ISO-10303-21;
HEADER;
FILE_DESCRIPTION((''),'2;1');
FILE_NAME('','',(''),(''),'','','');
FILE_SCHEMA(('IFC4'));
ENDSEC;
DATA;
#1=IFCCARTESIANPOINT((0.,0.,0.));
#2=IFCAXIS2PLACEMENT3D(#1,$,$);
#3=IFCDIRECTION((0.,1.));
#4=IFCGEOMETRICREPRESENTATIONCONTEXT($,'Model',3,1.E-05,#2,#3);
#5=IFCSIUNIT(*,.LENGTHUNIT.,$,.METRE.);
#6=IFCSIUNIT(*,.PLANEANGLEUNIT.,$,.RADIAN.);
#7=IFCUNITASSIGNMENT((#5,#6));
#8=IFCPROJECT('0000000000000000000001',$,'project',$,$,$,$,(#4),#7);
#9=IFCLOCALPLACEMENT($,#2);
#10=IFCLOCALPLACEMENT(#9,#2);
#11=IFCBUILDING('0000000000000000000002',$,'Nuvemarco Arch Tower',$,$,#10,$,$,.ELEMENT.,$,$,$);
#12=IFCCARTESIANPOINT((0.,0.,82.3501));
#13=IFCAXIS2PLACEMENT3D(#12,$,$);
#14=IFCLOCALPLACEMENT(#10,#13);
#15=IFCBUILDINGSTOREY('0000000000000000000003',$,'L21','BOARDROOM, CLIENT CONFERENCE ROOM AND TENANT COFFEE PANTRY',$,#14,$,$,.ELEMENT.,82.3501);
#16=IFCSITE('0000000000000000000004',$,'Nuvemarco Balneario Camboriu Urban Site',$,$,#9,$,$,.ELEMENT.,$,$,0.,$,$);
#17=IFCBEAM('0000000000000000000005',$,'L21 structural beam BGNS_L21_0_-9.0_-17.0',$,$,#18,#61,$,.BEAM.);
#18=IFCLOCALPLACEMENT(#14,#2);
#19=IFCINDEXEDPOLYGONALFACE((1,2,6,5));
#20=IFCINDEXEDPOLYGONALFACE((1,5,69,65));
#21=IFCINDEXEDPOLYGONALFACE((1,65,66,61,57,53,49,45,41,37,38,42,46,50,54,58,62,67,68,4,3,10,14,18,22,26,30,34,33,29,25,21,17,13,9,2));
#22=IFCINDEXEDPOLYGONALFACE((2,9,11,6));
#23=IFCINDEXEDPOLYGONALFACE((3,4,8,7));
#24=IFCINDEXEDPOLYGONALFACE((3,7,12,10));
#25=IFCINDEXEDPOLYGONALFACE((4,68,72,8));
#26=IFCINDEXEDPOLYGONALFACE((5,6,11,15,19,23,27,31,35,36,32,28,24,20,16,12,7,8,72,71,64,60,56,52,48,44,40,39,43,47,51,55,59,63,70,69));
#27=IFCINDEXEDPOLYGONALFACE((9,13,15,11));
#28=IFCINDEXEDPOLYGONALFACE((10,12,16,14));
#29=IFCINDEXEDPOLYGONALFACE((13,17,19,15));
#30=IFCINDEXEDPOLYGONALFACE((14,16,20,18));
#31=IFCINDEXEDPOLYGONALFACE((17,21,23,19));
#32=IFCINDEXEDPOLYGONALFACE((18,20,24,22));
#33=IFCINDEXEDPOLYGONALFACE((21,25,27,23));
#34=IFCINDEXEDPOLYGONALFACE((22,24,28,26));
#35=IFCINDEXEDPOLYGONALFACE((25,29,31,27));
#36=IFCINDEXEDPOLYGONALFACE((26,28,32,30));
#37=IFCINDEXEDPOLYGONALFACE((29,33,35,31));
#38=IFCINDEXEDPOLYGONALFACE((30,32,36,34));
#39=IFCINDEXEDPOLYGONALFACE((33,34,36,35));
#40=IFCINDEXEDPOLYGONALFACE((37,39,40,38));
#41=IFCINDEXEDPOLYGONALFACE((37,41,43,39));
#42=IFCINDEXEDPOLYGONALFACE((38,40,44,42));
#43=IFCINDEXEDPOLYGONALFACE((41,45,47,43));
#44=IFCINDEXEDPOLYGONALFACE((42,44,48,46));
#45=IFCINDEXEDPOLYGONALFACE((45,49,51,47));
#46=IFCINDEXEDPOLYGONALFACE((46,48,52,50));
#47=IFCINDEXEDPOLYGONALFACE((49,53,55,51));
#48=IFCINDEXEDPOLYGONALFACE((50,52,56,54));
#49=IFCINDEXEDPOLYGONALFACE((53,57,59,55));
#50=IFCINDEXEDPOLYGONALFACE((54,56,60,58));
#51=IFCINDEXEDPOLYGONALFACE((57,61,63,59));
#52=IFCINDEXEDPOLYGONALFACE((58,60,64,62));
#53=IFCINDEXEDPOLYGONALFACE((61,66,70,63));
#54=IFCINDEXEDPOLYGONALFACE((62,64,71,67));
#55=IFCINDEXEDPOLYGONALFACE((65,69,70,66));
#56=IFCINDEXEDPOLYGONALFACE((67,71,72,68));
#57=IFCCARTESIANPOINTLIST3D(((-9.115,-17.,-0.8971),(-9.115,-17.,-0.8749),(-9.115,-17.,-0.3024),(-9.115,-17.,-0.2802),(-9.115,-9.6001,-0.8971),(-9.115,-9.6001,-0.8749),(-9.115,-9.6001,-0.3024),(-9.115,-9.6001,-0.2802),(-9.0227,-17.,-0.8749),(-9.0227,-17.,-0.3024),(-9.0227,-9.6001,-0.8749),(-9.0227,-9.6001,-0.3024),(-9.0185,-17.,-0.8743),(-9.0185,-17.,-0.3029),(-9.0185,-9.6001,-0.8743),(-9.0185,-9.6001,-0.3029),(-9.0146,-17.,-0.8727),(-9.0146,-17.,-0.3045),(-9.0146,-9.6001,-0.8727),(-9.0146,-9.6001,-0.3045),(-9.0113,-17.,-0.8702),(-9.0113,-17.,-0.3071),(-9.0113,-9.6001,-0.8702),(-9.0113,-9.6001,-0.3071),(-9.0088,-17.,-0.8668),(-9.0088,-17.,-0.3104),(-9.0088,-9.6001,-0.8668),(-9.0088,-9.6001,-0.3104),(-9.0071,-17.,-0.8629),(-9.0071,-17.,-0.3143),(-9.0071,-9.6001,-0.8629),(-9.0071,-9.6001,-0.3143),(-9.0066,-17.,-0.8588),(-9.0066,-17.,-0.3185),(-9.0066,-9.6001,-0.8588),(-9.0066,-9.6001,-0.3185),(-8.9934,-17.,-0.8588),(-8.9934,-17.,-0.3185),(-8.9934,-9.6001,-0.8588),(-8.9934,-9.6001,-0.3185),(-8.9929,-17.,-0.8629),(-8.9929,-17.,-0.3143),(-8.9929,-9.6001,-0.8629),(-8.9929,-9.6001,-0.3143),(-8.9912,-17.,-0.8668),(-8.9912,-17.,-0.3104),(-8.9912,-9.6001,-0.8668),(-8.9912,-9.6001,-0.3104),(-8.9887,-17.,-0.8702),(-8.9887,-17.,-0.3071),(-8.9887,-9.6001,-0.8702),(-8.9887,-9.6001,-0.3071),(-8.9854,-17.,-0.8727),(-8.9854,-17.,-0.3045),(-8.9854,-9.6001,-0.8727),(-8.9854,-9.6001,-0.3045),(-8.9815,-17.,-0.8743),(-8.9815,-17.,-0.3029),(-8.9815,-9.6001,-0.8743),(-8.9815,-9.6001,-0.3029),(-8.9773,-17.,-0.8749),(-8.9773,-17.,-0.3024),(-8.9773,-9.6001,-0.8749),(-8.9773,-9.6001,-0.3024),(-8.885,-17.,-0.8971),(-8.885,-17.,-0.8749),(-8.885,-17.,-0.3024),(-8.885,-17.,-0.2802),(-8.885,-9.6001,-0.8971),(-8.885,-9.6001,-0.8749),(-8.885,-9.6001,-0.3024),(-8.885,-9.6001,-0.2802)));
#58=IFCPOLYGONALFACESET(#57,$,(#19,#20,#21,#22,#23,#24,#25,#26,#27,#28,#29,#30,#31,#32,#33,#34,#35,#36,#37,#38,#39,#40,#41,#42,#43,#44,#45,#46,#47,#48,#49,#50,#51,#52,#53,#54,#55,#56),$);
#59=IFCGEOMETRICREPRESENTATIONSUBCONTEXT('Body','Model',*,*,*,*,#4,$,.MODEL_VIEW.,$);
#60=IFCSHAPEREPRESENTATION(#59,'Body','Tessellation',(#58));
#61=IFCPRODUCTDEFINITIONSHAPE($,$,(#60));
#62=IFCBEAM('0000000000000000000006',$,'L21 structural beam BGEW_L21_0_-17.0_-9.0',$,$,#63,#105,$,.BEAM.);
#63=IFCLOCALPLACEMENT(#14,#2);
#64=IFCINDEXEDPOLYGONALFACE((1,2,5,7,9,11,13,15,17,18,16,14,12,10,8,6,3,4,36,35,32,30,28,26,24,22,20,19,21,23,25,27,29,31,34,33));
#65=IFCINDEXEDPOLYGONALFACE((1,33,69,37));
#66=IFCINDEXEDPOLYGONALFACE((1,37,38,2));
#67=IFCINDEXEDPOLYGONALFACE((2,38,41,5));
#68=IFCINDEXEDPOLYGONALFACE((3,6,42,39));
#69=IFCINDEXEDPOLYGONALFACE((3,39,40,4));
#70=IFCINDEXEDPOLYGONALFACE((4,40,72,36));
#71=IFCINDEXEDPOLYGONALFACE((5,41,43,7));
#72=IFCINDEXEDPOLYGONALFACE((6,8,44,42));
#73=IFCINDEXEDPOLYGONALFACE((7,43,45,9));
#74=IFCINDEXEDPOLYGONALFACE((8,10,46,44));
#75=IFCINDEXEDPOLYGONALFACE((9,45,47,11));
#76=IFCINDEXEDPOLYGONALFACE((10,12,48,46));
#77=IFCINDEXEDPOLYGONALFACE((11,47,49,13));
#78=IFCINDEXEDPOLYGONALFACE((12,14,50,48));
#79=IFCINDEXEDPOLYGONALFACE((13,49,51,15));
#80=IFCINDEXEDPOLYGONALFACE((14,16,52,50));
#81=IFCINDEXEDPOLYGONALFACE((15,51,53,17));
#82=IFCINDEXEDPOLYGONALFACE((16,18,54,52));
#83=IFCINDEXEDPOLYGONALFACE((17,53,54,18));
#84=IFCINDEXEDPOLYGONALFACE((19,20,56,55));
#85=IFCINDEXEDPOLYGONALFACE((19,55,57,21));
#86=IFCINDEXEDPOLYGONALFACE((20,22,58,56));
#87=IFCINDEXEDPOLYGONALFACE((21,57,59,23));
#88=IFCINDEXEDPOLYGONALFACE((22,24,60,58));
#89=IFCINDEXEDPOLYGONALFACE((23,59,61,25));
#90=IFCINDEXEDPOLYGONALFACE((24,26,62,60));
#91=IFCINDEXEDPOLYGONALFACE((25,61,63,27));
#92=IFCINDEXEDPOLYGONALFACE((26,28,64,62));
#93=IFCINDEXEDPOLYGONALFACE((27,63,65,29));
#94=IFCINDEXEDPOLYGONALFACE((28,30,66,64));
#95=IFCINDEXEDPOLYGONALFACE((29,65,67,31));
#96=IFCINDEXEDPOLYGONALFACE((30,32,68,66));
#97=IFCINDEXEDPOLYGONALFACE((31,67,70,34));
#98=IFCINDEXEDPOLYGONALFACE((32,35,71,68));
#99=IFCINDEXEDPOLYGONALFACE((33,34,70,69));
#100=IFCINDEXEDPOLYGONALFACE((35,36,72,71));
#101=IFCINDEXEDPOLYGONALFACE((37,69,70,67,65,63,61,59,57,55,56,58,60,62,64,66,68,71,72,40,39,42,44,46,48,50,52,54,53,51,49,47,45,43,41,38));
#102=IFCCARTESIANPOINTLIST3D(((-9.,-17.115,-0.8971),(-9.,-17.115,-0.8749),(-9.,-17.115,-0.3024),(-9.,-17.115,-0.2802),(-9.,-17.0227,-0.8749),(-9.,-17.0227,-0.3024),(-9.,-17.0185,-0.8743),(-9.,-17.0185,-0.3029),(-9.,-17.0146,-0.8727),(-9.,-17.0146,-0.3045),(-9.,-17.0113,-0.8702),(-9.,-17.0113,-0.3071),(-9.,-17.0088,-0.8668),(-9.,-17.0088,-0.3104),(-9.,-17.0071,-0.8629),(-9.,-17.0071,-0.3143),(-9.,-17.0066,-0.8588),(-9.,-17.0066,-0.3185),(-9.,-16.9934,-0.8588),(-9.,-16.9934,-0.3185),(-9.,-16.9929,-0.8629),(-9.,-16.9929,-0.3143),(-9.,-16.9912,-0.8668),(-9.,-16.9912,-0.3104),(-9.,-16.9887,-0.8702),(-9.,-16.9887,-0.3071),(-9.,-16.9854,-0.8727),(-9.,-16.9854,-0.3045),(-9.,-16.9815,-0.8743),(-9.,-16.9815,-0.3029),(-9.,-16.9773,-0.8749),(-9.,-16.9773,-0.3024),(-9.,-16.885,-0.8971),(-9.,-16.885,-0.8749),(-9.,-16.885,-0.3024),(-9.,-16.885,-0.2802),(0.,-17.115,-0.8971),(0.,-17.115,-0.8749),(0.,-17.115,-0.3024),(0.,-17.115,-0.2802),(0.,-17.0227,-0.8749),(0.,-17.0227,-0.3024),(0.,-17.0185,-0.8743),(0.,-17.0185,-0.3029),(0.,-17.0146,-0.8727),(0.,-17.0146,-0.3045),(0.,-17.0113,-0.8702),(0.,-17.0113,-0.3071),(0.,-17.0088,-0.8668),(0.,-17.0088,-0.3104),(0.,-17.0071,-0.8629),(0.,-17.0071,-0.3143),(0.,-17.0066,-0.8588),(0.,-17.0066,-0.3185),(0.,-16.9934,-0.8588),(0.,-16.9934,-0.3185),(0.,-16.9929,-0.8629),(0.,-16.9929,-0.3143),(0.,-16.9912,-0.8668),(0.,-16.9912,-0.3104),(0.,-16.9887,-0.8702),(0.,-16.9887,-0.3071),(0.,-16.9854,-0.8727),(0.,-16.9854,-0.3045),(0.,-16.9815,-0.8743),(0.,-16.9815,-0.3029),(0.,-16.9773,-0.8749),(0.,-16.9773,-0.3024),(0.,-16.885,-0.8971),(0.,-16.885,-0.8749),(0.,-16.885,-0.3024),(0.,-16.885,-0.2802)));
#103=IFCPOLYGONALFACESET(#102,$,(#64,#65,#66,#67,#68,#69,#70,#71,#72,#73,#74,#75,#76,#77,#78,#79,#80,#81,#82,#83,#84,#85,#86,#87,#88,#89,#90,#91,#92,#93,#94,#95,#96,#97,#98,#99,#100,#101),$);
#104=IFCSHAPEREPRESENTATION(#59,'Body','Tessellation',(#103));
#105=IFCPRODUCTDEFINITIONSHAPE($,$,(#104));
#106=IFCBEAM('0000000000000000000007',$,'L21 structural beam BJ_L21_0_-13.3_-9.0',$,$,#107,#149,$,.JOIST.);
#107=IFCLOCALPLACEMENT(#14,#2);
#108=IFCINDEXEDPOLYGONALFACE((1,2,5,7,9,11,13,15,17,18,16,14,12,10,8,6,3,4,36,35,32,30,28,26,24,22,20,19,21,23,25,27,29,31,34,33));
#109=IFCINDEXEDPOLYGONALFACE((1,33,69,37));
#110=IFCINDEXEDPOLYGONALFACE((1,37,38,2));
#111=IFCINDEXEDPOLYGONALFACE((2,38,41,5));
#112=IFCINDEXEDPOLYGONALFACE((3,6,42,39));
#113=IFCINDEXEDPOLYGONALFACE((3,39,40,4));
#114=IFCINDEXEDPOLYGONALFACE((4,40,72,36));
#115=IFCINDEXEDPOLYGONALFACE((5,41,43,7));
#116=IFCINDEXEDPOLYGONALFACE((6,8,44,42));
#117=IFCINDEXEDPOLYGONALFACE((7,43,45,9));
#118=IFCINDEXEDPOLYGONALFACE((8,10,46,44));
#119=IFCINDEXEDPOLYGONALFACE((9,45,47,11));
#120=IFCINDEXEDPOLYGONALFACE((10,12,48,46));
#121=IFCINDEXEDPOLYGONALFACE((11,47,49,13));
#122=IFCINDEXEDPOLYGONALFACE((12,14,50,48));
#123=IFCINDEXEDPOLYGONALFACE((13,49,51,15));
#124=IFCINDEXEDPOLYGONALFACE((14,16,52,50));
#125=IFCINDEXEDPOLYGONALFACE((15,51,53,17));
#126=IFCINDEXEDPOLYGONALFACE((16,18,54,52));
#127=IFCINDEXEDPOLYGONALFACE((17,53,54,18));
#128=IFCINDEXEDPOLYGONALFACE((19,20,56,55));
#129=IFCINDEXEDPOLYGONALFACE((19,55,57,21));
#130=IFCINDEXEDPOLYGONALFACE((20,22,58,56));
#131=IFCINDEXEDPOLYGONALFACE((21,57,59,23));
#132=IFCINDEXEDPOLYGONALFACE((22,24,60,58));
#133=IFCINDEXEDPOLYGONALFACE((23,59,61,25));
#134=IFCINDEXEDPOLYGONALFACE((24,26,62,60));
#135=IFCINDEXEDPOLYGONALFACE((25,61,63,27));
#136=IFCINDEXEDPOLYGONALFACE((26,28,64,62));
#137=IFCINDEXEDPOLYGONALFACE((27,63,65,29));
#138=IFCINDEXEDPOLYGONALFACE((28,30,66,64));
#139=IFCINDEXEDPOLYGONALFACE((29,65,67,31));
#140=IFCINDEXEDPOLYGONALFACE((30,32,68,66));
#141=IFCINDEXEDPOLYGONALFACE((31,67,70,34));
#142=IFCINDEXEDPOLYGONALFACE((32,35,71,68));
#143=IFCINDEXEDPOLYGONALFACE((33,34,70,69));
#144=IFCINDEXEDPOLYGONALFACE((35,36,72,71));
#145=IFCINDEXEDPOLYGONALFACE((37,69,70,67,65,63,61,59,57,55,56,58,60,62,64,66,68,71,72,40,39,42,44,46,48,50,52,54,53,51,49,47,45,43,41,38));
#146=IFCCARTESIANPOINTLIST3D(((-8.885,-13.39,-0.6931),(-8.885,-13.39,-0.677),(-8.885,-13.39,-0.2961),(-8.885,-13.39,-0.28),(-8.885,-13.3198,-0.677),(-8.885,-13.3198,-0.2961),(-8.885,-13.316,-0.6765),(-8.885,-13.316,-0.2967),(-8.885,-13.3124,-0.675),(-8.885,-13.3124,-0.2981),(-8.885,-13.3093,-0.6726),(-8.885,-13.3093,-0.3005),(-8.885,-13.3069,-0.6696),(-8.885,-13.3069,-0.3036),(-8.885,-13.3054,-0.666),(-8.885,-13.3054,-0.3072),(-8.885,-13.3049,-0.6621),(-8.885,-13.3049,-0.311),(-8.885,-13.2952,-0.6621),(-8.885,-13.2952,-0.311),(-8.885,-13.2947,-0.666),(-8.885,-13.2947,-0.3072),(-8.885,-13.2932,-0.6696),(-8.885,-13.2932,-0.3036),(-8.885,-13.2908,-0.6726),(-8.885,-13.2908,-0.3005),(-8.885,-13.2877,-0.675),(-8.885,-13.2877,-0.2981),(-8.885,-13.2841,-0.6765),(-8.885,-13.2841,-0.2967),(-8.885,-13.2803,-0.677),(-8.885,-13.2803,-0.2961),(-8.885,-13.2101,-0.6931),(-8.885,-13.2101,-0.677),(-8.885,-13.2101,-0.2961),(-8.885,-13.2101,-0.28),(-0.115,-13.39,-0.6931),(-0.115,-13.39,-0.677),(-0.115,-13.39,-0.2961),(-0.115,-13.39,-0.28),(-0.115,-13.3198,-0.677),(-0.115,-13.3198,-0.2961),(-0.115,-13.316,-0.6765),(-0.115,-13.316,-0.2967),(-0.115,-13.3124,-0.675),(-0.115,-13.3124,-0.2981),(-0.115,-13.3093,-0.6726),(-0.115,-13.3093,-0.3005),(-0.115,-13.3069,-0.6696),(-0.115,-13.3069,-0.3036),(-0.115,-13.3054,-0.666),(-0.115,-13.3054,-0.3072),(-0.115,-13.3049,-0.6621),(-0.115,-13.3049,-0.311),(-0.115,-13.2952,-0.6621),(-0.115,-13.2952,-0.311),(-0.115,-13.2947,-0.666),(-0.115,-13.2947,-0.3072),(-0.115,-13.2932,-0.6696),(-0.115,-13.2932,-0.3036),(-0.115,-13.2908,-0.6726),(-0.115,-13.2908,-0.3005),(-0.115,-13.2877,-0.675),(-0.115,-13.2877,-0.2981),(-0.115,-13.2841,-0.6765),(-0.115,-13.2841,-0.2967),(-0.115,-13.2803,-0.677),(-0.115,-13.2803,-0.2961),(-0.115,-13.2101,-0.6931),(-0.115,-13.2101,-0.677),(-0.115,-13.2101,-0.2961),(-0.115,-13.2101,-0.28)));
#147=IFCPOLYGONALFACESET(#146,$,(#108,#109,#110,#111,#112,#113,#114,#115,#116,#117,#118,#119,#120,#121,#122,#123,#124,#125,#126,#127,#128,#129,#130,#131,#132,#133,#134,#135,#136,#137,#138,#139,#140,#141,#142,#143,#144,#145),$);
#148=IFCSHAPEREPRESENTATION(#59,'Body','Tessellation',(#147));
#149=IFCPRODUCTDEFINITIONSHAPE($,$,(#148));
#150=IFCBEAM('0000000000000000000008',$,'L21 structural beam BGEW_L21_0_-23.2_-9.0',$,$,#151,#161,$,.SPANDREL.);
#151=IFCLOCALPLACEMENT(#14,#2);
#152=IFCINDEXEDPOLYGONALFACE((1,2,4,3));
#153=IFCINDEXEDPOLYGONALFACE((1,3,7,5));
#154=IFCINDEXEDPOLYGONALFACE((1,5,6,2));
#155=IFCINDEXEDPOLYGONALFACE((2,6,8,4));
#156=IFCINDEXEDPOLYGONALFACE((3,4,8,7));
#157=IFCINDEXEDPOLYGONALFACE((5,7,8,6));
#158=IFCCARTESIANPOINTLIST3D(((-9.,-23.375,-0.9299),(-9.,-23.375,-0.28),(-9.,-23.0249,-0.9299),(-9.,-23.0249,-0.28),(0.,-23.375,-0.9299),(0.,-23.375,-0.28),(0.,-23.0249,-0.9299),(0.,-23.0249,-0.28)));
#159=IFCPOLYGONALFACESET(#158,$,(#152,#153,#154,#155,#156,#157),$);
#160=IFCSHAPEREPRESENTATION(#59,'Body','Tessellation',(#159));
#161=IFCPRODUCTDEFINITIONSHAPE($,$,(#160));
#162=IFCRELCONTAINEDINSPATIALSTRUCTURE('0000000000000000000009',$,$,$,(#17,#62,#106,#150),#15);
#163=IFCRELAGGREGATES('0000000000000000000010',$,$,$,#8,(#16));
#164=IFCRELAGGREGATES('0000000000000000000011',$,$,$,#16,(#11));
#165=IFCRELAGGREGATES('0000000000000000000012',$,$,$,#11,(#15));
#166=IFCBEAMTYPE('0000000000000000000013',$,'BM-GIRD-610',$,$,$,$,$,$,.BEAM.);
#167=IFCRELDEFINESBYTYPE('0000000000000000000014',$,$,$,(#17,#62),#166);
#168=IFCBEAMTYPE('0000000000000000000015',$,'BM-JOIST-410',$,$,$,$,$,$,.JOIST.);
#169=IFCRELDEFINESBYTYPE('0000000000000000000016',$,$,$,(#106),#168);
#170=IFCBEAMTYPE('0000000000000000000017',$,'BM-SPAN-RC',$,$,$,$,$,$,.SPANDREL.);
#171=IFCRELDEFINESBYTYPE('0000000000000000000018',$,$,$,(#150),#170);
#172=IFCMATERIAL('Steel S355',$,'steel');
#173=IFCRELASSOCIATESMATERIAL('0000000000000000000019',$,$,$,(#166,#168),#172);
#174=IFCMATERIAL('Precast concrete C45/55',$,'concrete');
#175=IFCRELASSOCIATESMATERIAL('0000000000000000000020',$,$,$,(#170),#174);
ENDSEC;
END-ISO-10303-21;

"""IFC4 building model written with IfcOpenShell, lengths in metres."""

from ifc_helpers import new_model, si_unit, direction, frame, origin, origin_2d, place, context, subcontext, project, spatial, rectangle, i_section, extrude, material, material_profile, profile_set, type_object, element, save


model = new_model("IFC4")

# Units and contexts
model_context = context("Model", 3, precision=1e-05, world=origin(), true_north=direction((0.0, 1.0)))
body_context = subcontext(model_context, "Body", "Model", "MODEL_VIEW")
ifc_project = project(units=[si_unit("LENGTHUNIT", "METRE"), si_unit("PLANEANGLEUNIT", "RADIAN")], contexts=[model_context])

# Site, building, storey
site_placement = place(None, origin())
site = spatial("IfcSite", under=ifc_project, at=site_placement, Name="Nuvemarco Balneario Camboriu Urban Site", CompositionType="ELEMENT", RefElevation=0.0)
building_placement = place(site_placement, origin())
building = spatial("IfcBuilding", under=site, at=building_placement, Name="Nuvemarco Arch Tower", CompositionType="ELEMENT")
storey_placement = place(building_placement, frame((0.0, 0.0, 82.3501)))
storey = spatial("IfcBuildingStorey", under=building, at=storey_placement, Name="L21", Description="BOARDROOM, CLIENT CONFERENCE ROOM AND TENANT COFFEE PANTRY", CompositionType="ELEMENT", Elevation=82.3501)

# Shared definitions
ifc_material_1 = material(Name="Steel S355", Category="steel")

# Beams
ifc_material_profile_1 = material_profile(ifc_material_1, i_section(OverallWidth=0.23, OverallDepth=0.6169, WebThickness=0.0132, FlangeThickness=0.0222, FilletRadius=0.0161, at=origin_2d()), Name="W610x140")
ifc_profile_set_1 = profile_set([ifc_material_profile_1], Name="Steel S355")
beam_type_1 = type_object("IfcBeamType", Name="BM-GIRD-610", PredefinedType="BEAM", material=ifc_profile_set_1)
beam_1_placement = place(storey_placement, frame((-9.0, -17.0, -0.5886), z_axis=(0.0, 1.0, 0.0), x_axis=(-1.0, 0.0, 0.0)))
element("IfcBeam", 1, at=beam_1_placement, inside=storey, type_object=beam_type_1, Name="L21 structural beam BGNS_L21_0_-9.0_-17.0", PredefinedType="BEAM", context=body_context, shape_type="SweptSolid", body=[
    extrude(i_section(OverallWidth=0.23, OverallDepth=0.6169, WebThickness=0.0132, FlangeThickness=0.0222, FilletRadius=0.0161, at=origin_2d()), origin(), (0.0, 0.0, 1.0), 7.3999),
])
beam_2_placement = place(storey_placement, frame((-9.0, -17.0, -0.5886), z_axis=(1.0, 0.0, 0.0), x_axis=(0.0, 1.0, 0.0)))
element("IfcBeam", 2, at=beam_2_placement, inside=storey, type_object=beam_type_1, Name="L21 structural beam BGEW_L21_0_-17.0_-9.0", PredefinedType="BEAM", context=body_context, shape_type="SweptSolid", body=[
    extrude(i_section(OverallWidth=0.23, OverallDepth=0.6169, WebThickness=0.0132, FlangeThickness=0.0222, FilletRadius=0.0161, at=origin_2d()), origin(), (0.0, 0.0, 1.0), 9.0),
])
ifc_material_profile_2 = material_profile(ifc_material_1, i_section(OverallWidth=0.1799, OverallDepth=0.4131, WebThickness=0.0098, FlangeThickness=0.0161, FilletRadius=0.0149, at=origin_2d()), Name="W410x75")
ifc_profile_set_2 = profile_set([ifc_material_profile_2], Name="Steel S355")
beam_type_2 = type_object("IfcBeamType", Name="BM-JOIST-410", PredefinedType="JOIST", material=ifc_profile_set_2)
beam_3_placement = place(storey_placement, frame((-8.885, -13.3, -0.4866), z_axis=(1.0, 0.0, 0.0), x_axis=(0.0, 1.0, 0.0)))
element("IfcBeam", 3, at=beam_3_placement, inside=storey, type_object=beam_type_2, Name="L21 structural beam BJ_L21_0_-13.3_-9.0", PredefinedType="JOIST", context=body_context, shape_type="SweptSolid", body=[
    extrude(i_section(OverallWidth=0.1799, OverallDepth=0.4131, WebThickness=0.0098, FlangeThickness=0.0161, FilletRadius=0.0149, at=origin_2d()), origin(), (0.0, 0.0, 1.0), 8.77),
])
ifc_material_2 = material(Name="Precast concrete C45/55", Category="concrete")
ifc_material_profile_3 = material_profile(ifc_material_2, rectangle(XDim=0.3501, YDim=0.6499, at=origin_2d()), Name="PC-SP-350x650")
ifc_profile_set_3 = profile_set([ifc_material_profile_3], Name="Precast concrete C45/55")
beam_type_3 = type_object("IfcBeamType", Name="BM-SPAN-RC", PredefinedType="SPANDREL", material=ifc_profile_set_3)
beam_4_placement = place(storey_placement, frame((-9.0, -23.2, -0.605), z_axis=(1.0, 0.0, 0.0), x_axis=(0.0, 1.0, 0.0)))
element("IfcBeam", 4, at=beam_4_placement, inside=storey, type_object=beam_type_3, Name="L21 structural beam BGEW_L21_0_-23.2_-9.0", PredefinedType="SPANDREL", context=body_context, shape_type="SweptSolid", body=[
    extrude(rectangle(XDim=0.3501, YDim=0.6499, at=origin_2d()), origin(), (0.0, 0.0, 1.0), 9.0),
])

save(model, "model.ifc")
